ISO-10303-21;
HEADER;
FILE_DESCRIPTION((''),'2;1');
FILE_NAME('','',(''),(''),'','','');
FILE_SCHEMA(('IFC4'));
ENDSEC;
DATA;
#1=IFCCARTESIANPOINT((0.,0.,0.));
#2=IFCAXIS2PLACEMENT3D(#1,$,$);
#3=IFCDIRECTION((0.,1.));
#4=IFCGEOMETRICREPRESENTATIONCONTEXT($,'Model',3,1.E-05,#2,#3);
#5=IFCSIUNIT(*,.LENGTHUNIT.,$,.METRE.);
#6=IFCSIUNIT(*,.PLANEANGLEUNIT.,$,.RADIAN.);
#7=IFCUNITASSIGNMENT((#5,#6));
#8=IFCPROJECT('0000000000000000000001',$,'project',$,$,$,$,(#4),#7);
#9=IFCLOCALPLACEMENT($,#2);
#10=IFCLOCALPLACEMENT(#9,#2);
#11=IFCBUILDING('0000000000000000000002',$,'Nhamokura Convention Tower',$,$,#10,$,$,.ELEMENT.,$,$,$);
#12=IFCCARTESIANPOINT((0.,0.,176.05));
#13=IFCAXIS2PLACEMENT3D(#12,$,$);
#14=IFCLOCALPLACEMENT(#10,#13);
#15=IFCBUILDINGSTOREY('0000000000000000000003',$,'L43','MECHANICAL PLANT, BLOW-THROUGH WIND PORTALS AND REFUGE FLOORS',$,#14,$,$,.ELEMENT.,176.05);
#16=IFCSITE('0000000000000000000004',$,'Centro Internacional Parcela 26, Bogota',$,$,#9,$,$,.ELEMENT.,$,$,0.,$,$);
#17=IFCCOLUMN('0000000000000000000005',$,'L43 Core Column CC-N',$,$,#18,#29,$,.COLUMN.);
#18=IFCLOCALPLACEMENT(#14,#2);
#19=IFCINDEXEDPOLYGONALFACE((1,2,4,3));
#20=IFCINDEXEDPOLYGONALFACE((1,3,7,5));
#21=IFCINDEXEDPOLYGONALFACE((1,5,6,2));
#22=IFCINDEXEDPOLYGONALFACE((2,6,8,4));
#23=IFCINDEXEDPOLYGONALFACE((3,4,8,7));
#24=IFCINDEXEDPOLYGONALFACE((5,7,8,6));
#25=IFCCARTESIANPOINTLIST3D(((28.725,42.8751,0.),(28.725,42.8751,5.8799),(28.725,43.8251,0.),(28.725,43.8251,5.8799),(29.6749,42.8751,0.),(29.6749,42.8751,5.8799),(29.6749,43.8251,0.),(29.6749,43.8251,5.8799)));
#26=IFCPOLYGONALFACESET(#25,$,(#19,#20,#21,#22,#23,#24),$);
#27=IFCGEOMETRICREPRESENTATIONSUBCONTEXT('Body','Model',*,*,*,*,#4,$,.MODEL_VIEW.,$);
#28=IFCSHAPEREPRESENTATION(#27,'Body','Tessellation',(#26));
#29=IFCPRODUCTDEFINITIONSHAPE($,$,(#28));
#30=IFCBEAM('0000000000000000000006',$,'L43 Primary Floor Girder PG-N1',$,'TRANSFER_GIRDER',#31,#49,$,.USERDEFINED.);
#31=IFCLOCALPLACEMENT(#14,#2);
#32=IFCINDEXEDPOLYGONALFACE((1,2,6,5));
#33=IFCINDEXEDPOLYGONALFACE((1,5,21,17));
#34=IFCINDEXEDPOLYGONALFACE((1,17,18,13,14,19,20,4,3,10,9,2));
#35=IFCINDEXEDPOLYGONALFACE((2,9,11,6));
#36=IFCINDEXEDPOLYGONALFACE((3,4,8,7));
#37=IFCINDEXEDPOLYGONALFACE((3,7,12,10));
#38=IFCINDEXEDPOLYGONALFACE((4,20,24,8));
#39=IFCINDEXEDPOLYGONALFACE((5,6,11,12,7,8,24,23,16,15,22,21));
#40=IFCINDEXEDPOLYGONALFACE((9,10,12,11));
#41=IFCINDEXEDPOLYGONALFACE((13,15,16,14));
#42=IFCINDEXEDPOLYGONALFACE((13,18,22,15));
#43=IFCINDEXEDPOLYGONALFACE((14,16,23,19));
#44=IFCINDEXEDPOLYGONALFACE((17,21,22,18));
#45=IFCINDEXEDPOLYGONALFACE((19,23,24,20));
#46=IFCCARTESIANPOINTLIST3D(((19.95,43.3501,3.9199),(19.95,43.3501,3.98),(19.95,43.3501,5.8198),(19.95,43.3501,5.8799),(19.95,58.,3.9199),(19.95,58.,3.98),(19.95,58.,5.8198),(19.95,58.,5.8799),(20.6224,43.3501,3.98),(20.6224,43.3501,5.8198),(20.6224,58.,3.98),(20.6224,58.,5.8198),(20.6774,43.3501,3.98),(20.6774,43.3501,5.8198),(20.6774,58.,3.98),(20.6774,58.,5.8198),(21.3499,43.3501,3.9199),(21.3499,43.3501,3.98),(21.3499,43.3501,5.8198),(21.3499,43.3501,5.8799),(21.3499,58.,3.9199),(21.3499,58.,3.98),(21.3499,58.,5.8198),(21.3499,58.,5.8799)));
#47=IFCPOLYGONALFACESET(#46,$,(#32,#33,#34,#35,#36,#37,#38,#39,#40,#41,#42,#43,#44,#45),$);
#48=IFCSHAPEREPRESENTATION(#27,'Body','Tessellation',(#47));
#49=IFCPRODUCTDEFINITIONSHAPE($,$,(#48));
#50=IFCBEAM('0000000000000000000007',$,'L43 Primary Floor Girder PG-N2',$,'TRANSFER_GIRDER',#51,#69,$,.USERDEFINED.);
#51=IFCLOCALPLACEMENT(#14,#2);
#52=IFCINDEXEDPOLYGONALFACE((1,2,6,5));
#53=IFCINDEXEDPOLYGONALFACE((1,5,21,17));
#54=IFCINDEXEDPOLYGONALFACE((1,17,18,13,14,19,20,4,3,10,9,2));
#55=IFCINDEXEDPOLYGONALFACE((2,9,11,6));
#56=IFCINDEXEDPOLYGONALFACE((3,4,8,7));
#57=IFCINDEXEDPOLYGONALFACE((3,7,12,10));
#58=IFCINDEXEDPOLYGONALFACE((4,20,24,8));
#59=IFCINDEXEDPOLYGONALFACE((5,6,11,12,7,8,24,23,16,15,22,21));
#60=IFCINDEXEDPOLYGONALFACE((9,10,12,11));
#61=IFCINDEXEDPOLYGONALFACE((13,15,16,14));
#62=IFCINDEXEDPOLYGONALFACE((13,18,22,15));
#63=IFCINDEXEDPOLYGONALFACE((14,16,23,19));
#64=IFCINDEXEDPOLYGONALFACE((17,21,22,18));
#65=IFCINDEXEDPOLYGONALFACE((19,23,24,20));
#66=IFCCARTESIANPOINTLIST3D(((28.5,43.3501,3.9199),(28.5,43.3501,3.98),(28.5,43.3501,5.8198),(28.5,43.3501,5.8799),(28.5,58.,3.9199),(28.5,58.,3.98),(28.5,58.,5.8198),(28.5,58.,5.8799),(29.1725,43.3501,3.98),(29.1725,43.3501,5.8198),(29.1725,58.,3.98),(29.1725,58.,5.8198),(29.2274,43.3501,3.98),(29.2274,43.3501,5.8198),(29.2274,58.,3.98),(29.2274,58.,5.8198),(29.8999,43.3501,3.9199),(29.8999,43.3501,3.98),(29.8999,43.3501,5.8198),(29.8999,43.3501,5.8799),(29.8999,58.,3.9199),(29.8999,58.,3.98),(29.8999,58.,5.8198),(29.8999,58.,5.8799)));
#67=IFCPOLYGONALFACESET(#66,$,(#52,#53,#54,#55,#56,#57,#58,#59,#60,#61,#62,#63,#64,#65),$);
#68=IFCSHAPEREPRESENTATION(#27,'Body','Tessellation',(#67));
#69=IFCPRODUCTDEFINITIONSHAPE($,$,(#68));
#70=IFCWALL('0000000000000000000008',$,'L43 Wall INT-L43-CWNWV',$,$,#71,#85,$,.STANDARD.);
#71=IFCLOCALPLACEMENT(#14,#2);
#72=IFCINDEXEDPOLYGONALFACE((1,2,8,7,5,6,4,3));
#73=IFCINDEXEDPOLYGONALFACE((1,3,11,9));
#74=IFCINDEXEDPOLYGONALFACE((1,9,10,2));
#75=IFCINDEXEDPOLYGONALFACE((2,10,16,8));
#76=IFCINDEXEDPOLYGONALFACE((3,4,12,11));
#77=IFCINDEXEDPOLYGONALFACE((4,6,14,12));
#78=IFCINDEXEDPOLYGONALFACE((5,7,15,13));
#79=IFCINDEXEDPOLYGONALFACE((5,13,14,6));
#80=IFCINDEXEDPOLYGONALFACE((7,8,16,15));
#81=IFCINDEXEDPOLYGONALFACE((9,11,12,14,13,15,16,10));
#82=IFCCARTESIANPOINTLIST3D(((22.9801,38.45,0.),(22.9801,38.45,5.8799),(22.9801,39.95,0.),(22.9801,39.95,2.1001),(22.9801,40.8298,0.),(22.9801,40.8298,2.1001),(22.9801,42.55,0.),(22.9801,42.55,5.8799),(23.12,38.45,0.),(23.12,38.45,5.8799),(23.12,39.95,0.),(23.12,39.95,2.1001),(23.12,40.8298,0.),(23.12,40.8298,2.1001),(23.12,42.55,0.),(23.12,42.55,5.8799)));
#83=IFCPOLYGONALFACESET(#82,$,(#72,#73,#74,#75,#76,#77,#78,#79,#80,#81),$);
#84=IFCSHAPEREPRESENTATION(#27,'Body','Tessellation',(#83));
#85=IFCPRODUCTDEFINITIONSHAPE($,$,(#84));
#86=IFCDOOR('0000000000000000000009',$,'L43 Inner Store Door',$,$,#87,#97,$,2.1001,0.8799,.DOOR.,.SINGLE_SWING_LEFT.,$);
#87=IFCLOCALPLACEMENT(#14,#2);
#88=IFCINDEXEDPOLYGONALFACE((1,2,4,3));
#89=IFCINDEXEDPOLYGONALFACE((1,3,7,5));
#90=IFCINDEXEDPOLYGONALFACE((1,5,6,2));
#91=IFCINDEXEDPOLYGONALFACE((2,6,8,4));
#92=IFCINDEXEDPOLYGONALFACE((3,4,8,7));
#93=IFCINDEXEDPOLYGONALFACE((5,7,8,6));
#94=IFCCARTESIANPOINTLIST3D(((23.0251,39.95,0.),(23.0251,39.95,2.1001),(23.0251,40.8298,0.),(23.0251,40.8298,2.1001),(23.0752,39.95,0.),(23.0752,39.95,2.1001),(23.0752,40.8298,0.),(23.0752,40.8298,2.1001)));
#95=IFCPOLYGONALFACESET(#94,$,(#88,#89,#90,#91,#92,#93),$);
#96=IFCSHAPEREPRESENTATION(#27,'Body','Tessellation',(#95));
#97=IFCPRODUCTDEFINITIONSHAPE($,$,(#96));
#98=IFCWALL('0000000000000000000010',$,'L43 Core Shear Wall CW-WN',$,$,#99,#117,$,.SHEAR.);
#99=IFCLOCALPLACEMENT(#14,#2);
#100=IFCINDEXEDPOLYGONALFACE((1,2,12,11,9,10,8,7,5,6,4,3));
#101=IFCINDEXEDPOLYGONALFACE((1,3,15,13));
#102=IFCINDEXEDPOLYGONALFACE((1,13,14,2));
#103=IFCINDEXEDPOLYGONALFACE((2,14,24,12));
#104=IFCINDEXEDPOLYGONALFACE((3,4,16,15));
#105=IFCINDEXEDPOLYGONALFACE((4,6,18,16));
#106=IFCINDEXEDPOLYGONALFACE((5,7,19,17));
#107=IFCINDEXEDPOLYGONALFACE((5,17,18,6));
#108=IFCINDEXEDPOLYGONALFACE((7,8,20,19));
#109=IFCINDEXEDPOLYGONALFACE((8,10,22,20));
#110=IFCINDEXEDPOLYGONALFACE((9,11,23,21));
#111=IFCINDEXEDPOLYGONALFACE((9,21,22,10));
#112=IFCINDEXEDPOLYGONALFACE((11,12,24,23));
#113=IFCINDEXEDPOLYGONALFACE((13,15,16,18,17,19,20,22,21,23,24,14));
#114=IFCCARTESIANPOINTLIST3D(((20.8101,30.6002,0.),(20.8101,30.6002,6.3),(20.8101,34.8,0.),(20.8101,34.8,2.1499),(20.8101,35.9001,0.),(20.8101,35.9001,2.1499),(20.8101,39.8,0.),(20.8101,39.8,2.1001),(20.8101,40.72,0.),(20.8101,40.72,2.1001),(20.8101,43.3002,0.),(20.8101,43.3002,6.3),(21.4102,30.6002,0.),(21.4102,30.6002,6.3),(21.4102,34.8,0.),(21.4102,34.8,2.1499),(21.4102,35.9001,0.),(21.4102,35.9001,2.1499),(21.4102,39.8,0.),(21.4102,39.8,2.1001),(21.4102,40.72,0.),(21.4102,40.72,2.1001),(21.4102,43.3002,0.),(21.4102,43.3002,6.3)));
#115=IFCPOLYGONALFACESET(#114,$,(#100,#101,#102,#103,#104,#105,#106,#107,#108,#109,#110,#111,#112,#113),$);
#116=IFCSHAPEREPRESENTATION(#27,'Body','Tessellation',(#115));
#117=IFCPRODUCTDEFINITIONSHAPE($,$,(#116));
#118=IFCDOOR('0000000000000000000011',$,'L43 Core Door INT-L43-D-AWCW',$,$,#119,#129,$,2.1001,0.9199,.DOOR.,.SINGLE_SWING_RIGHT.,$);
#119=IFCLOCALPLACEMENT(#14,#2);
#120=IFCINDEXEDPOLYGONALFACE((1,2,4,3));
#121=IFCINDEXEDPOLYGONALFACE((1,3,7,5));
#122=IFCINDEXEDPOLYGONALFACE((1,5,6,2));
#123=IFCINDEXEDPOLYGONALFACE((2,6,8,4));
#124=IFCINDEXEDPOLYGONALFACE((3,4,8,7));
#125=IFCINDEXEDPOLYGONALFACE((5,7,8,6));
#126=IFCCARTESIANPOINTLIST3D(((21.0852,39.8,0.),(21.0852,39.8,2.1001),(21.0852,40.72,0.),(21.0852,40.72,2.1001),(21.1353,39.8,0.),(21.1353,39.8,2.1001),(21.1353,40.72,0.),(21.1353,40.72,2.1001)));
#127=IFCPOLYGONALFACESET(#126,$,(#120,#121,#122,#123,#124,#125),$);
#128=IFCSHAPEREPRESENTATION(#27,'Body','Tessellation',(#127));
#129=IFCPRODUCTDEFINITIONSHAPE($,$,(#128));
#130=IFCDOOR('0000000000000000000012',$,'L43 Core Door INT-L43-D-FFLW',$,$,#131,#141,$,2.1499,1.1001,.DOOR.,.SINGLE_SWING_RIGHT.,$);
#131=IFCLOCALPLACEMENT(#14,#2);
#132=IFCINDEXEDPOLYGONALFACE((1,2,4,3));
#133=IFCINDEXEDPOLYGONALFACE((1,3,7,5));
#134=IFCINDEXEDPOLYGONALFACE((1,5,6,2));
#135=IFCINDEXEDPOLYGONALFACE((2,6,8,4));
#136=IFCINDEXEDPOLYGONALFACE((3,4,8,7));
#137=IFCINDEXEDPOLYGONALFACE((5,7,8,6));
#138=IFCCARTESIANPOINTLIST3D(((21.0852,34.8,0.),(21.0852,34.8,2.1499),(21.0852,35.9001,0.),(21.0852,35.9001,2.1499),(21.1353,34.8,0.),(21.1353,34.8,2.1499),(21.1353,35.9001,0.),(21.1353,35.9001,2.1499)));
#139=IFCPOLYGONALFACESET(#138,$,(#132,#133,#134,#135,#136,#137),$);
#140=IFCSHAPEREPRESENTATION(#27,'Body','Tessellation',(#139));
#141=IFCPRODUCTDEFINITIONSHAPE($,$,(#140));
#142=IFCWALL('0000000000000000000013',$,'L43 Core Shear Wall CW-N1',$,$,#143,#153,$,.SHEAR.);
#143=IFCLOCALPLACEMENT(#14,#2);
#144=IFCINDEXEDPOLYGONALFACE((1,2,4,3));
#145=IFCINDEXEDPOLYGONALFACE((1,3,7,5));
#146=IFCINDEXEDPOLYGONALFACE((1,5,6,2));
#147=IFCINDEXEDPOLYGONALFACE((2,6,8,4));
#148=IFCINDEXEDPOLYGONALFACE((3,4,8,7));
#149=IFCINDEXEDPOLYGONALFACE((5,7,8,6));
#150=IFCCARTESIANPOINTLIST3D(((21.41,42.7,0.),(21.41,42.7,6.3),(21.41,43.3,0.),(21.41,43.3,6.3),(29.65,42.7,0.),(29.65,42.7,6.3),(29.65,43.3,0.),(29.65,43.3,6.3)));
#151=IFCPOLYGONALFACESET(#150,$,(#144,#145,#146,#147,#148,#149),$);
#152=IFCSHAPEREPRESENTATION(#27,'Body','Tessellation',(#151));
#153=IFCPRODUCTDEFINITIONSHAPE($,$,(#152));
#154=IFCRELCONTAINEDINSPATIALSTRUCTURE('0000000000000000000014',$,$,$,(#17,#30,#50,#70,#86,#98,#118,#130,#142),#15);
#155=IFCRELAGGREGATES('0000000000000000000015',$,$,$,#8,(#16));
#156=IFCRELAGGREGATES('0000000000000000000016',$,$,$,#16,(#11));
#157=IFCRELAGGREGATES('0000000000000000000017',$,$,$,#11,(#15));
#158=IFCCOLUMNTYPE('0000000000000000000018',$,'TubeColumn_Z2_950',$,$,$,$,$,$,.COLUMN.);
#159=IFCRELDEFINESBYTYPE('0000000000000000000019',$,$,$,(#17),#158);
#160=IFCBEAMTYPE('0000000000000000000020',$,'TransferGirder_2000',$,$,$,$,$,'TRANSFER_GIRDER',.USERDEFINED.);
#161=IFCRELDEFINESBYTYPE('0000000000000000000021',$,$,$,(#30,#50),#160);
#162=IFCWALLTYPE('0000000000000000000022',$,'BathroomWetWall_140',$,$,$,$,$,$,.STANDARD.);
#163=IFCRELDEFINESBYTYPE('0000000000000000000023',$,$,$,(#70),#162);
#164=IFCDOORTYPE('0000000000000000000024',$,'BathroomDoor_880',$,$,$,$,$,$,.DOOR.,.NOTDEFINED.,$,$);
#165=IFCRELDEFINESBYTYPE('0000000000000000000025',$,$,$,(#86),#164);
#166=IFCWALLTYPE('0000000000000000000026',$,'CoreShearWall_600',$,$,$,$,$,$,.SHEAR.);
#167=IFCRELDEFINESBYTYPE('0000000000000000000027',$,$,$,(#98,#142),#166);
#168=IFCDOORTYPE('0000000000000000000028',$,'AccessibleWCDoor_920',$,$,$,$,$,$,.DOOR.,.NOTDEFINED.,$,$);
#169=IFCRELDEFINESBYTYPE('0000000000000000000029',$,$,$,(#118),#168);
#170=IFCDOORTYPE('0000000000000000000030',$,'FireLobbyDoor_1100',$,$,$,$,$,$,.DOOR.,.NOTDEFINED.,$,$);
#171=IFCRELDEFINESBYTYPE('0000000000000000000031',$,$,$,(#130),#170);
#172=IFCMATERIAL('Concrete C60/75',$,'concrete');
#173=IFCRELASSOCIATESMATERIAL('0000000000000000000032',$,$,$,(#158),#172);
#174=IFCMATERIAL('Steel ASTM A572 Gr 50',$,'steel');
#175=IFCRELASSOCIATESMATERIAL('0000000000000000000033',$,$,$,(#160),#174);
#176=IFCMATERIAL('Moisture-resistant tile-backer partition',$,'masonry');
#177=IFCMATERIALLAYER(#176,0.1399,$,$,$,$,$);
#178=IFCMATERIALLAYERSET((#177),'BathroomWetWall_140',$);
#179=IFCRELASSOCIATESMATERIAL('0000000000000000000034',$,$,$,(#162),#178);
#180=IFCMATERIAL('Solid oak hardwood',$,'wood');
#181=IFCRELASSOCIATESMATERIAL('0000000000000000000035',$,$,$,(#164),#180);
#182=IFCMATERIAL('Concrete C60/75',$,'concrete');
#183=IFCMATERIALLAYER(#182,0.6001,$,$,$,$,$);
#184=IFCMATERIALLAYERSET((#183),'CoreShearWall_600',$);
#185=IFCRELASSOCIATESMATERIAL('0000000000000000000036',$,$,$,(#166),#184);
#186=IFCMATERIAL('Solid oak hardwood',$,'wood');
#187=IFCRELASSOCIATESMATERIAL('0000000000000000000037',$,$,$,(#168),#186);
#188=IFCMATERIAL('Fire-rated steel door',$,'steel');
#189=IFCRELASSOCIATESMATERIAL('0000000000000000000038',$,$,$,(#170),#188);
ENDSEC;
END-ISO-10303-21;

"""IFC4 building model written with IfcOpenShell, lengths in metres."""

from ifc_helpers import new_model, si_unit, direction, frame, frame_2d, origin, origin_2d, place, context, subcontext, project, spatial, rectangle, i_section, extrude, material, layer, layer_set, material_profile, profile_set, type_object, element, fill, save


model = new_model("IFC4")

# Units and contexts
model_context = context("Model", 3, precision=1e-05, world=origin(), true_north=direction((0.0, 1.0)))
body_context = subcontext(model_context, "Body", "Model", "MODEL_VIEW")
ifc_project = project(units=[si_unit("LENGTHUNIT", "METRE"), si_unit("PLANEANGLEUNIT", "RADIAN")], contexts=[model_context])

# Site, building, storey
site_placement = place(None, origin())
site = spatial("IfcSite", under=ifc_project, at=site_placement, Name="Centro Internacional Parcela 26, Bogota", CompositionType="ELEMENT", RefElevation=0.0)
building_placement = place(site_placement, origin())
building = spatial("IfcBuilding", under=site, at=building_placement, Name="Nhamokura Convention Tower", CompositionType="ELEMENT")
storey_placement = place(building_placement, frame((0.0, 0.0, 176.05)))
storey = spatial("IfcBuildingStorey", under=building, at=storey_placement, Name="L43", Description="MECHANICAL PLANT, BLOW-THROUGH WIND PORTALS AND REFUGE FLOORS", CompositionType="ELEMENT", Elevation=176.05)

# Column
ifc_material_1 = material(Name="Concrete C60/75", Category="concrete")
ifc_material_profile_1 = material_profile(ifc_material_1, rectangle(XDim=0.95, YDim=0.95, at=origin_2d()))
ifc_profile_set_1 = profile_set([ifc_material_profile_1], Name="Concrete C60/75")
column_type = type_object("IfcColumnType", Name="TubeColumn_Z2_950", PredefinedType="COLUMN", material=ifc_profile_set_1)
column_placement = place(storey_placement, frame((29.2, 43.3501, 0.0), z_axis=(0.0, 0.0, 1.0), x_axis=(1.0, 0.0, 0.0)))
element("IfcColumn", 1, at=column_placement, inside=storey, type_object=column_type, Name="L43 Core Column CC-N", PredefinedType="COLUMN", context=body_context, shape_type="SweptSolid", body=[
    extrude(rectangle(XDim=0.95, YDim=0.95, at=origin_2d()), origin(), (0.0, 0.0, 1.0), 5.8799),
])

# Beams
ifc_material_2 = material(Name="Steel ASTM A572 Gr 50", Category="steel")
ifc_material_profile_2 = material_profile(ifc_material_2, i_section(OverallWidth=1.3999, OverallDepth=1.96, WebThickness=0.0549, FlangeThickness=0.0601, at=origin_2d()))
ifc_profile_set_2 = profile_set([ifc_material_profile_2], Name="Steel ASTM A572 Gr 50")
beam_type = type_object("IfcBeamType", Name="TransferGirder_2000", ElementType="TRANSFER_GIRDER", PredefinedType="USERDEFINED", material=ifc_profile_set_2)
for number, where, z_axis, x_axis, name in (
    (2, (20.6499, 43.3501, 4.8999), (0.0, 1.0, 0.0), (-1.0, 0.0, 0.0), "L43 Primary Floor Girder PG-N1"),
    (3, (29.2, 43.3501, 4.8999), (0.0, 1.0, 0.0), (-1.0, 0.0, 0.0), "L43 Primary Floor Girder PG-N2"),
):
    element("IfcBeam", number, at=place(storey_placement, frame(where, z_axis=z_axis, x_axis=x_axis)), inside=storey, type_object=beam_type, Name=name, ObjectType="TRANSFER_GIRDER", PredefinedType="USERDEFINED", context=body_context, shape_type="SweptSolid", body=[
        extrude(i_section(OverallWidth=1.3999, OverallDepth=1.96, WebThickness=0.0549, FlangeThickness=0.0601, at=origin_2d()), origin(), (0.0, 0.0, 1.0), 14.6499),
    ])

# Wall, opening, door
ifc_material_3 = material(Name="Moisture-resistant tile-backer partition", Category="masonry")
ifc_layer_1 = layer(ifc_material_3, 0.1399)
ifc_layer_set_1 = layer_set([ifc_layer_1], Name="BathroomWetWall_140")
wall_type_1 = type_object("IfcWallType", Name="BathroomWetWall_140", PredefinedType="STANDARD", material=ifc_layer_set_1)
wall_1_placement = place(storey_placement, frame((23.05, 38.45, 0.0), z_axis=(0.0, 0.0, 1.0), x_axis=(0.0, 1.0, 0.0)))
wall_1 = element("IfcWall", 4, at=wall_1_placement, inside=storey, type_object=wall_type_1, Name="L43 Wall INT-L43-CWNWV", PredefinedType="STANDARD", context=body_context, shape_type="SweptSolid", body=[
    extrude(rectangle(XDim=4.1001, YDim=0.1399, at=frame_2d((2.05, 0.0))), origin(), (0.0, 0.0, 1.0), 5.8799),
])
opening_1_placement = place(wall_1_placement, frame((1.5, 0.0, 0.0)))
opening_1 = element("IfcOpeningElement", 5, at=opening_1_placement, cuts=wall_1, PredefinedType="OPENING", context=body_context, shape_type="SweptSolid", body=[
    extrude(rectangle(XDim=0.8799, YDim=2.1001, at=frame_2d((0.4399, 1.05))), frame((0.0, 0.0798, 0.0), z_axis=(0.0, -1.0, 0.0), x_axis=(1.0, 0.0, 0.0)), (0.0, 0.0, 1.0), 0.1599),
])
ifc_material_4 = material(Name="Solid oak hardwood", Category="wood")
door_type_1 = type_object("IfcDoorType", Name="BathroomDoor_880", OperationType="NOTDEFINED", PredefinedType="DOOR", material=ifc_material_4)
door_1_placement = place(opening_1_placement, origin())
door_1 = element("IfcDoor", 6, at=door_1_placement, inside=storey, type_object=door_type_1, Name="L43 Inner Store Door", OperationType="SINGLE_SWING_LEFT", OverallHeight=2.1001, OverallWidth=0.8799, PredefinedType="DOOR", context=body_context, shape_type="SweptSolid", body=[
    extrude(rectangle(XDim=0.8799, YDim=2.1001, at=frame_2d((0.4399, 1.05))), frame((0.0, 0.0249, 0.0), z_axis=(0.0, -1.0, 0.0), x_axis=(1.0, 0.0, 0.0)), (0.0, 0.0, 1.0), 0.05),
])
fill(opening_1, door_1)

# Wall, openings, doors
ifc_material_5 = material(Name="Concrete C60/75", Category="concrete")
ifc_layer_2 = layer(ifc_material_5, 0.6001)
ifc_layer_set_2 = layer_set([ifc_layer_2], Name="CoreShearWall_600")
wall_type_2 = type_object("IfcWallType", Name="CoreShearWall_600", PredefinedType="SHEAR", material=ifc_layer_set_2)
wall_2_placement = place(storey_placement, frame((21.1101, 30.6001, 0.0), z_axis=(0.0, 0.0, 1.0), x_axis=(0.0, 1.0, 0.0)))
wall_2 = element("IfcWall", 7, at=wall_2_placement, inside=storey, type_object=wall_type_2, Name="L43 Core Shear Wall CW-WN", PredefinedType="SHEAR", context=body_context, shape_type="SweptSolid", body=[
    extrude(rectangle(XDim=12.7, YDim=0.6001, at=frame_2d((6.3501, 0.0))), origin(), (0.0, 0.0, 1.0), 6.3),
])
opening_2_placement = place(wall_2_placement, frame((4.2, 0.0, 0.0)))
opening_2 = element("IfcOpeningElement", 8, at=opening_2_placement, cuts=wall_2, PredefinedType="OPENING", context=body_context, shape_type="SweptSolid", body=[
    extrude(rectangle(XDim=1.1001, YDim=2.1499, at=frame_2d((0.55, 1.075))), frame((0.0, 0.3101, 0.0), z_axis=(0.0, -1.0, 0.0), x_axis=(1.0, 0.0, 0.0)), (0.0, 0.0, 1.0), 0.6201),
])
opening_3_placement = place(wall_2_placement, frame((9.2, 0.0, 0.0)))
opening_3 = element("IfcOpeningElement", 9, at=opening_3_placement, cuts=wall_2, PredefinedType="OPENING", context=body_context, shape_type="SweptSolid", body=[
    extrude(rectangle(XDim=0.9199, YDim=2.1001, at=frame_2d((0.46, 1.05))), frame((0.0, 0.3101, 0.0), z_axis=(0.0, -1.0, 0.0), x_axis=(1.0, 0.0, 0.0)), (0.0, 0.0, 1.0), 0.6201),
])
ifc_material_6 = material(Name="Solid oak hardwood", Category="wood")
door_type_2 = type_object("IfcDoorType", Name="AccessibleWCDoor_920", OperationType="NOTDEFINED", PredefinedType="DOOR", material=ifc_material_6)
door_2_placement = place(opening_3_placement, origin())
door_2 = element("IfcDoor", 10, at=door_2_placement, inside=storey, type_object=door_type_2, Name="L43 Core Door INT-L43-D-AWCW", OperationType="SINGLE_SWING_RIGHT", OverallHeight=2.1001, OverallWidth=0.9199, PredefinedType="DOOR", context=body_context, shape_type="SweptSolid", body=[
    extrude(rectangle(XDim=0.9199, YDim=2.1001, at=frame_2d((0.46, 1.05))), frame((0.0, 0.0249, 0.0), z_axis=(0.0, -1.0, 0.0), x_axis=(1.0, 0.0, 0.0)), (0.0, 0.0, 1.0), 0.05),
])
fill(opening_3, door_2)
ifc_material_7 = material(Name="Fire-rated steel door", Category="steel")
door_type_3 = type_object("IfcDoorType", Name="FireLobbyDoor_1100", OperationType="NOTDEFINED", PredefinedType="DOOR", material=ifc_material_7)
door_3_placement = place(opening_2_placement, origin())
door_3 = element("IfcDoor", 11, at=door_3_placement, inside=storey, type_object=door_type_3, Name="L43 Core Door INT-L43-D-FFLW", OperationType="SINGLE_SWING_RIGHT", OverallHeight=2.1499, OverallWidth=1.1001, PredefinedType="DOOR", context=body_context, shape_type="SweptSolid", body=[
    extrude(rectangle(XDim=1.1001, YDim=2.1499, at=frame_2d((0.55, 1.075))), frame((0.0, 0.0249, 0.0), z_axis=(0.0, -1.0, 0.0), x_axis=(1.0, 0.0, 0.0)), (0.0, 0.0, 1.0), 0.05),
])
fill(opening_2, door_3)

# Wall
wall_3_placement = place(storey_placement, frame((21.4099, 43.0, 0.0), z_axis=(0.0, 0.0, 1.0), x_axis=(1.0, 0.0, 0.0)))
element("IfcWall", 12, at=wall_3_placement, inside=storey, type_object=wall_type_2, Name="L43 Core Shear Wall CW-N1", PredefinedType="SHEAR", context=body_context, shape_type="SweptSolid", body=[
    extrude(rectangle(XDim=8.24, YDim=0.6001, at=frame_2d((4.1201, 0.0))), origin(), (0.0, 0.0, 1.0), 6.3),
])

save(model, "model.ifc")
